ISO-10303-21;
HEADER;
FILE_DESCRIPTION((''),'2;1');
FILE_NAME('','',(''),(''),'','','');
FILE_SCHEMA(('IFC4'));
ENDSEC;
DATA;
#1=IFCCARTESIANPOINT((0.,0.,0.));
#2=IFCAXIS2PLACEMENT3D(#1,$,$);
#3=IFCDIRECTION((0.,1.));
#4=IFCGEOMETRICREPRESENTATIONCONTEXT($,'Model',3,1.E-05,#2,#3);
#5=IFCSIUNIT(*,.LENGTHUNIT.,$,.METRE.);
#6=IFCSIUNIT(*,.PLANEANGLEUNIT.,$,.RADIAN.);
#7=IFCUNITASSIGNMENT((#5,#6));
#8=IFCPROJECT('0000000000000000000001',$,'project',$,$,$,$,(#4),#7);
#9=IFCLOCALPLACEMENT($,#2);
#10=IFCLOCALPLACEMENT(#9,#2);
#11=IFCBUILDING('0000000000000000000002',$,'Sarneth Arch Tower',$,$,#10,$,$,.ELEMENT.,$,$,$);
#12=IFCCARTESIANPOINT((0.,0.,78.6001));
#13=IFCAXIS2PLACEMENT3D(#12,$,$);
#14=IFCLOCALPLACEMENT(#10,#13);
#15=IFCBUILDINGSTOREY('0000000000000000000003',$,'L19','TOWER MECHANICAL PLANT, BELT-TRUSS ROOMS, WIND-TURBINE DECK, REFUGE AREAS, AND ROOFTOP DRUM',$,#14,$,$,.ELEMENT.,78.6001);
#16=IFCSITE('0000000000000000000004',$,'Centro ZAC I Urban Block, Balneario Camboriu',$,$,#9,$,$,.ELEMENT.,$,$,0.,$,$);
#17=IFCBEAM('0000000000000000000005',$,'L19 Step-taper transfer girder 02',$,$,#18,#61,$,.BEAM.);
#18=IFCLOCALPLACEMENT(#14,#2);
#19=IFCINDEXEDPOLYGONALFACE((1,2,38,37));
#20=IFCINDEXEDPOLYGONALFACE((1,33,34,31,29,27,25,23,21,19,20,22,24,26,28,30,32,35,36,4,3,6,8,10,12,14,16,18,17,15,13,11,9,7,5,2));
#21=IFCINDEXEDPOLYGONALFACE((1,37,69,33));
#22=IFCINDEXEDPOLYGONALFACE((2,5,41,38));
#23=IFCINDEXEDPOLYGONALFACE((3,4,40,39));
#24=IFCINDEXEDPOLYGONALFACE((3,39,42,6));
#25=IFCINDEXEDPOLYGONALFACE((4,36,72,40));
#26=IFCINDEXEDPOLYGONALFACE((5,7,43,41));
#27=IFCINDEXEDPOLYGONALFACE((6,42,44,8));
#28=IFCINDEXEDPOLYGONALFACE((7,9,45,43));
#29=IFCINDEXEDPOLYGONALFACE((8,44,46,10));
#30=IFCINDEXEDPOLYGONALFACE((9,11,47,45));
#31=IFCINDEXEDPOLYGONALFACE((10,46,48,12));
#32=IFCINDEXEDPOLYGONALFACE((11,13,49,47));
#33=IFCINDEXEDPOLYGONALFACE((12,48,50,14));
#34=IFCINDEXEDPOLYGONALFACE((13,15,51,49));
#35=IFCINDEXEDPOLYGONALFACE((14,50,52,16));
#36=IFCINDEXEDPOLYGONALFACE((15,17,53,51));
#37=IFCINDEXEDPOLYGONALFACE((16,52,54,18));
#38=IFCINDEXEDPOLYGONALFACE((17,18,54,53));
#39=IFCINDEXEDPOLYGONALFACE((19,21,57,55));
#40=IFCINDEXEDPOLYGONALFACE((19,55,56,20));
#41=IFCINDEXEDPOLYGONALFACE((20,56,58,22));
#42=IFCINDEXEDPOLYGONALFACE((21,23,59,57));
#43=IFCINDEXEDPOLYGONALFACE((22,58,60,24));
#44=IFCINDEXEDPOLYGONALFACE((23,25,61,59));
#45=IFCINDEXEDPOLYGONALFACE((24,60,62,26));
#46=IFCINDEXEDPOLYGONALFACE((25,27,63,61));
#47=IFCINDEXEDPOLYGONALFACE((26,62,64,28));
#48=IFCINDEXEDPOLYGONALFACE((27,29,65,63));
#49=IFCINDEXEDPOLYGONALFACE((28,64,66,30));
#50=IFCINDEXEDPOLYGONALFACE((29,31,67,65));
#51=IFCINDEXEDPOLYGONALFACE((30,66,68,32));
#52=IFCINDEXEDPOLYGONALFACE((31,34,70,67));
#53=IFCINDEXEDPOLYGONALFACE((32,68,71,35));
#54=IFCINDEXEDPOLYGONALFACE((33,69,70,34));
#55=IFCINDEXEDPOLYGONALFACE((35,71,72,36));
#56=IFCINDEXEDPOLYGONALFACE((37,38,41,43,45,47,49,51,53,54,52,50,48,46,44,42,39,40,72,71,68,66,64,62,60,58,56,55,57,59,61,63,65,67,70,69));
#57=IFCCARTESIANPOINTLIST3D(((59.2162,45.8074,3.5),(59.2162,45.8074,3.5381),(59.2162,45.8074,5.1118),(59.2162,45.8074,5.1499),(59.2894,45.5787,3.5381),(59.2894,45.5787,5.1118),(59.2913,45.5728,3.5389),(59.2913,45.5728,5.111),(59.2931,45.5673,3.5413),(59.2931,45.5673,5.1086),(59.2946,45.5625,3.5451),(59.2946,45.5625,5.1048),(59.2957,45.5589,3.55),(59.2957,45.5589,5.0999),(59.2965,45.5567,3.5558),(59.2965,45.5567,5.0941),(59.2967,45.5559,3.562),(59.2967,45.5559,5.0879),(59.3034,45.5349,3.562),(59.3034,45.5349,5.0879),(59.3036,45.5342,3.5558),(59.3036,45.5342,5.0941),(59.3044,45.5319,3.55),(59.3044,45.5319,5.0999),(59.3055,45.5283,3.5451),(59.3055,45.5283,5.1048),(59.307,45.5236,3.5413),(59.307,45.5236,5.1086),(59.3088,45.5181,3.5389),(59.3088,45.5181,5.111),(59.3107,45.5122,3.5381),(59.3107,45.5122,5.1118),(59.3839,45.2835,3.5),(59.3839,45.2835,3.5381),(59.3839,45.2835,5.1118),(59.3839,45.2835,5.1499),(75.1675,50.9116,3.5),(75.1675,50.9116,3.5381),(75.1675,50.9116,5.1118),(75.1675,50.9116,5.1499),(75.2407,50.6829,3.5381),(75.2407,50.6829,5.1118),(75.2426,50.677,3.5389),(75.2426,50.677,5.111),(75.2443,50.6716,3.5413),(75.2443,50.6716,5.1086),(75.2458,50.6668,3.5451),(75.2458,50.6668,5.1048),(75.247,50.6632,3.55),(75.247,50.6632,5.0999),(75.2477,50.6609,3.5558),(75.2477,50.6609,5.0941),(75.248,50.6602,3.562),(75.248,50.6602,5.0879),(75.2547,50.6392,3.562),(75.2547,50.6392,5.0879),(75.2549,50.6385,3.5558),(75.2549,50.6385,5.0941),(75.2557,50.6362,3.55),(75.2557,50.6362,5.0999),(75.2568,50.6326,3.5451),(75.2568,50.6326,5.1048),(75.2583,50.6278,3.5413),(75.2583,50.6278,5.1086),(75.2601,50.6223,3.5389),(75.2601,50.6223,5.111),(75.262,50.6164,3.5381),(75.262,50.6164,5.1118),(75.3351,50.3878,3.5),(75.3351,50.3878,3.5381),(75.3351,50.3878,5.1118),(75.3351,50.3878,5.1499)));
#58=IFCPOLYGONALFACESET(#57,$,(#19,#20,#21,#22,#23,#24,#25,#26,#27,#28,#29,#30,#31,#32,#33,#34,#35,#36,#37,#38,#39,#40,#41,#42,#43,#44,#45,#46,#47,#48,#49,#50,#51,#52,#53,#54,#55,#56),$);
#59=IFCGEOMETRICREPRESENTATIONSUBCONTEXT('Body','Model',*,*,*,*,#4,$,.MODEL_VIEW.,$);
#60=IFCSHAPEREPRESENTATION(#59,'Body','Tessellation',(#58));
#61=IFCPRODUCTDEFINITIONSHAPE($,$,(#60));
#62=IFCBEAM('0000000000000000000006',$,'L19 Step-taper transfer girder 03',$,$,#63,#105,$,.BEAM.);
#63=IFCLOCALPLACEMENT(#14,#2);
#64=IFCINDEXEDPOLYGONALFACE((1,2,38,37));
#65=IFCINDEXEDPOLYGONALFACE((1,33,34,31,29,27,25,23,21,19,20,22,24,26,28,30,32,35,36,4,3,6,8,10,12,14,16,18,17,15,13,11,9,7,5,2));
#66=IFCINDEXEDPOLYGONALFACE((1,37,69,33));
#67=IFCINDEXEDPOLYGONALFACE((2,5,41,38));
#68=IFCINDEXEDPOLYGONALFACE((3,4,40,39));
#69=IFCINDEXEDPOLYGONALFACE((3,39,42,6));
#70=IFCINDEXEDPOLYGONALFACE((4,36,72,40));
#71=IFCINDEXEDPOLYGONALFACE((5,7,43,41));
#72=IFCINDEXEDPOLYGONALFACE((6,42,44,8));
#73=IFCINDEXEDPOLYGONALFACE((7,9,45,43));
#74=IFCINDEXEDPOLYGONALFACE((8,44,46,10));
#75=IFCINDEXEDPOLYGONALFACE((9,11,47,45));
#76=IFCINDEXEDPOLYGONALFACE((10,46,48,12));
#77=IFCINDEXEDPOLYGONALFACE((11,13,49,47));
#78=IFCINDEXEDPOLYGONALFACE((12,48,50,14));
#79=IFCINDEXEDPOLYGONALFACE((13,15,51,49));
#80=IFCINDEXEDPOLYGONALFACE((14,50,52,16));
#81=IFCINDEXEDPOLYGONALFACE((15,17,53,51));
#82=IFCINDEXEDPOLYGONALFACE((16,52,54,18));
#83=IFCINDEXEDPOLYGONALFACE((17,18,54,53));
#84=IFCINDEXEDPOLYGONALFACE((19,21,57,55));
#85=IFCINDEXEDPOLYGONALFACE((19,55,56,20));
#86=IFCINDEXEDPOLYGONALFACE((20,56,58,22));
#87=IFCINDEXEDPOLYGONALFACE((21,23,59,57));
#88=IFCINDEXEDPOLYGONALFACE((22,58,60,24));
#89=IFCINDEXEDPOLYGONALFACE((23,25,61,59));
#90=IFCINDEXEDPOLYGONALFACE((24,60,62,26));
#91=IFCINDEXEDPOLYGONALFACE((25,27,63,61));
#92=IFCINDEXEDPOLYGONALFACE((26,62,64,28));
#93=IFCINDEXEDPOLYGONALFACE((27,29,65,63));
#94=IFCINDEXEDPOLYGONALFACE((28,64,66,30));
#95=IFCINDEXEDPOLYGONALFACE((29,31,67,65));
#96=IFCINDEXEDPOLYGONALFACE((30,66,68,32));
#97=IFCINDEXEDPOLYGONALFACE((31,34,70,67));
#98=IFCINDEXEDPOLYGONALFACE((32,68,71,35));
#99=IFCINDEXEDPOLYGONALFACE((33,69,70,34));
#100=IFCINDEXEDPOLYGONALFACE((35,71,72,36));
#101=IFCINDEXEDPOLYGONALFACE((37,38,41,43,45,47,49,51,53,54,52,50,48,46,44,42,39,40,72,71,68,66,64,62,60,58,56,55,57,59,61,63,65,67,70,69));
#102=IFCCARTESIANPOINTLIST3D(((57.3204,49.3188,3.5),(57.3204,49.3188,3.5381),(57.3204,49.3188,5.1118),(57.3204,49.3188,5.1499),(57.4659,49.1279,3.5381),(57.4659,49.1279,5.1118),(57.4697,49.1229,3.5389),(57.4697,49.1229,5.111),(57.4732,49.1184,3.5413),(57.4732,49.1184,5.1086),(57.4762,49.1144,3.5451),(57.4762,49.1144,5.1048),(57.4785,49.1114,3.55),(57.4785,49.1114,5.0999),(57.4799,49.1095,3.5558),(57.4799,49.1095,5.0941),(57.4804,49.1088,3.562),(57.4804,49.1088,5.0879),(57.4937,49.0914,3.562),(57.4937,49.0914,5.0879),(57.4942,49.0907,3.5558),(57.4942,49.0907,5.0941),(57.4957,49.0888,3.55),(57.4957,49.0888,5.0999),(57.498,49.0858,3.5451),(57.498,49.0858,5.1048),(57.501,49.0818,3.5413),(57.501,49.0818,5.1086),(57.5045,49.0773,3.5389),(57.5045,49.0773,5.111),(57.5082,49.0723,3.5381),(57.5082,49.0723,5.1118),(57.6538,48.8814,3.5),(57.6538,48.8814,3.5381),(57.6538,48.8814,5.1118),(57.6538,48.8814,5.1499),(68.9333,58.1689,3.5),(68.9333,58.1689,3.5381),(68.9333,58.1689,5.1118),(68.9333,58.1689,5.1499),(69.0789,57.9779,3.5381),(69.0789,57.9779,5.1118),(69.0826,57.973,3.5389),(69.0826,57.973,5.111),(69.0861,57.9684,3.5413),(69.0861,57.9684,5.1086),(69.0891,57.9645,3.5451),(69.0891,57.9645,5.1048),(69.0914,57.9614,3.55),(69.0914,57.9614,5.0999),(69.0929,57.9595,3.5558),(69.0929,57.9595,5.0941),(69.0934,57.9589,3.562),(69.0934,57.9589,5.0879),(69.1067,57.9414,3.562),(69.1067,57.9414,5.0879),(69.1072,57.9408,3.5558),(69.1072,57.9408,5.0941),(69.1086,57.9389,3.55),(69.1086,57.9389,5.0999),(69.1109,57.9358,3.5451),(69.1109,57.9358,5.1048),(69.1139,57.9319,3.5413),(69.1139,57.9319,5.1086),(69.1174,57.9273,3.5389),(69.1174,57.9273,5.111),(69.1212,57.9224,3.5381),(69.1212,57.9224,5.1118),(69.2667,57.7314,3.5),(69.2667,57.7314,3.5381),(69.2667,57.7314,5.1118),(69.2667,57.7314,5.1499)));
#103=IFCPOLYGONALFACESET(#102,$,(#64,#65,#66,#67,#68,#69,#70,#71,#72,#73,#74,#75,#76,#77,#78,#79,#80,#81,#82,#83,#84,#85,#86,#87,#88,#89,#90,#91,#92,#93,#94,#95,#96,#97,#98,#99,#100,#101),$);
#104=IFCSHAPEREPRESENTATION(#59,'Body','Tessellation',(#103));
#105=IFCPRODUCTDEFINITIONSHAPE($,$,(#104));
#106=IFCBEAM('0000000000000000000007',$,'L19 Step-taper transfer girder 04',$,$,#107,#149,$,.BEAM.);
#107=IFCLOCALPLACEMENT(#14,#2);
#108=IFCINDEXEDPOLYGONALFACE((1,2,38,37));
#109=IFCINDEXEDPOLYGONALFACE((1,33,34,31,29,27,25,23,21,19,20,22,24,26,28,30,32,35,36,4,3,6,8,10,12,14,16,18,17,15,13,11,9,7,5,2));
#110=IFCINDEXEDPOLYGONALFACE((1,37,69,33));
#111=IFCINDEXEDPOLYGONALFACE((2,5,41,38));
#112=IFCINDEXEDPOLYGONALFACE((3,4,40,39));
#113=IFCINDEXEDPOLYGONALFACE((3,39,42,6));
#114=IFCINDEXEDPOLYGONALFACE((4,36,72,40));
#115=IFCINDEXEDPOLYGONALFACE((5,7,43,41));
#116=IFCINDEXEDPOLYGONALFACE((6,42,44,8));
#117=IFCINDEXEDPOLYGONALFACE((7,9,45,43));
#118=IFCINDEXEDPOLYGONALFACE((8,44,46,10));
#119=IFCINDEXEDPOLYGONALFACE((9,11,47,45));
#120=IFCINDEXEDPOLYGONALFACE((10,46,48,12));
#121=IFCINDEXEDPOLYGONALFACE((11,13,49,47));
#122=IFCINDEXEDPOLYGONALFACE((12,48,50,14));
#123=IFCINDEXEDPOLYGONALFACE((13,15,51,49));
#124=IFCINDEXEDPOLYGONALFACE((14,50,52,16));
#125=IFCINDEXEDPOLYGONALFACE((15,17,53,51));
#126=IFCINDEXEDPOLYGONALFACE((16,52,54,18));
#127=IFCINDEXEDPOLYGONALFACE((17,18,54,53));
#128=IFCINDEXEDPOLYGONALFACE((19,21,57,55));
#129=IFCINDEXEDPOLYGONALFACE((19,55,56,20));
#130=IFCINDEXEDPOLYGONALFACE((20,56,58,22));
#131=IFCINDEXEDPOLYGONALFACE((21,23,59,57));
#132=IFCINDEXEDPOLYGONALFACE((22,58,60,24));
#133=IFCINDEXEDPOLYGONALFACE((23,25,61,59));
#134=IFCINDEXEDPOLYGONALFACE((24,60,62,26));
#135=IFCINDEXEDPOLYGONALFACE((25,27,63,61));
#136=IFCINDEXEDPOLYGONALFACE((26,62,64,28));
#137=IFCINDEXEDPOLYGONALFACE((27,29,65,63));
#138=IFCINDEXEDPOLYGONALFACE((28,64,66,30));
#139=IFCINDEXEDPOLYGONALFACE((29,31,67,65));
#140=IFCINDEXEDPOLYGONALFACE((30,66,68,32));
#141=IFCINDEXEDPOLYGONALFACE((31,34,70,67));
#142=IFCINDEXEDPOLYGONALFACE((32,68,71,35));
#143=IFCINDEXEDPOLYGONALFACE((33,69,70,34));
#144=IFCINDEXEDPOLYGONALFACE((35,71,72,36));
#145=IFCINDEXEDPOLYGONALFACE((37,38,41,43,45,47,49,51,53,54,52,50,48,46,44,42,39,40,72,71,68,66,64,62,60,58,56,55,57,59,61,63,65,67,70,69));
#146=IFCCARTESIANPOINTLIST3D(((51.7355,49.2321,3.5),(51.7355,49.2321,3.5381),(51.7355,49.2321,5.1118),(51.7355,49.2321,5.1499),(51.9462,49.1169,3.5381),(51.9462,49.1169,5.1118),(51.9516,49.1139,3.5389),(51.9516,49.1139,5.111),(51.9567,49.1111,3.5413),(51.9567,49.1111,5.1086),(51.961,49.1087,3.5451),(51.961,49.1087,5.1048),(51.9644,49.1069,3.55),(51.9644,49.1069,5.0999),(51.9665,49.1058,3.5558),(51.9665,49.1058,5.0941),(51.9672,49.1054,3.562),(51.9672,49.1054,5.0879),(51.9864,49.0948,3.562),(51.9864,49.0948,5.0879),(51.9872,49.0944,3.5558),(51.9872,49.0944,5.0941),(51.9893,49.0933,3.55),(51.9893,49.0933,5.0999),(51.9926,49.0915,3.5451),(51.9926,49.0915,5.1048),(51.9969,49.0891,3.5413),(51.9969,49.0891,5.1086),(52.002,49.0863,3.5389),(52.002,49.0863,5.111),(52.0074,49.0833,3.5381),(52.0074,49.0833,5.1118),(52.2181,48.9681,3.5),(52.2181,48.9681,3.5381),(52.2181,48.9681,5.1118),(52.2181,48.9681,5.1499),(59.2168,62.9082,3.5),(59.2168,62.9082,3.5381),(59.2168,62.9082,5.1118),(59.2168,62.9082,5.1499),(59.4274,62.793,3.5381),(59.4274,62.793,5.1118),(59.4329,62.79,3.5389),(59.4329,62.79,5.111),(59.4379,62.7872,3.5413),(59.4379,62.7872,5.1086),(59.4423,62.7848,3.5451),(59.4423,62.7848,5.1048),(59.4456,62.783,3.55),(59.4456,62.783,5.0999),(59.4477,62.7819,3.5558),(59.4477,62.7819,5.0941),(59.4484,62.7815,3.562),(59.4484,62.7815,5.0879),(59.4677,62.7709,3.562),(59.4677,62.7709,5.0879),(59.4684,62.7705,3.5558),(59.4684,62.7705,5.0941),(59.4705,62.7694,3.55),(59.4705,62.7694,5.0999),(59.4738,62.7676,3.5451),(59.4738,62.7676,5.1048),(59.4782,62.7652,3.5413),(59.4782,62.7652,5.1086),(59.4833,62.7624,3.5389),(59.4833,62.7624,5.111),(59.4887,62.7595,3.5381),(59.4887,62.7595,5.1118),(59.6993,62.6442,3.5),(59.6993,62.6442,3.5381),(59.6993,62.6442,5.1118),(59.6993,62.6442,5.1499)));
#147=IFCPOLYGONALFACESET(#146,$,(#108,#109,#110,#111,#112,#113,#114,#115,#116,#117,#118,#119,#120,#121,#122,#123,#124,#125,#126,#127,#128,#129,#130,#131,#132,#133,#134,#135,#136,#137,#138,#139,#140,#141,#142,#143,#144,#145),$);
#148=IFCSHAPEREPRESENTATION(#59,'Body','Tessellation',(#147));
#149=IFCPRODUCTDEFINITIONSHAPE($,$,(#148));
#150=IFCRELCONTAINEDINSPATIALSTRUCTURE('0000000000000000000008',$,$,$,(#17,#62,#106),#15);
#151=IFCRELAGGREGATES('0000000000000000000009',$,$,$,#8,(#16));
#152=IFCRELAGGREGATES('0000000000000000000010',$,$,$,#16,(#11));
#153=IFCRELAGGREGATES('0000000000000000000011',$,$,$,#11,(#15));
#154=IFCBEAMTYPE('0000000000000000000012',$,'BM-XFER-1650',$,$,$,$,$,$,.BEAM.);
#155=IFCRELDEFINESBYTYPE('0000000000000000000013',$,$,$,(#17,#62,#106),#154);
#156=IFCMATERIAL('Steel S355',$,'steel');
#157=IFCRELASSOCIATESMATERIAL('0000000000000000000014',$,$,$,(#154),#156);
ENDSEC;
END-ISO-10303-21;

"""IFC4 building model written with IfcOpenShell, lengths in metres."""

from ifc_helpers import new_model, si_unit, direction, frame, origin, origin_2d, place, context, subcontext, project, spatial, i_section, extrude, material, material_profile, profile_set, type_object, element, save


model = new_model("IFC4")

# Units and contexts
model_context = context("Model", 3, precision=1e-05, world=origin(), true_north=direction((0.0, 1.0)))
body_context = subcontext(model_context, "Body", "Model", "MODEL_VIEW")
ifc_project = project(units=[si_unit("LENGTHUNIT", "METRE"), si_unit("PLANEANGLEUNIT", "RADIAN")], contexts=[model_context])

# Site, building, storey
site_placement = place(None, origin())
site = spatial("IfcSite", under=ifc_project, at=site_placement, Name="Centro ZAC I Urban Block, Balneario Camboriu", CompositionType="ELEMENT", RefElevation=0.0)
building_placement = place(site_placement, origin())
building = spatial("IfcBuilding", under=site, at=building_placement, Name="Sarneth Arch Tower", CompositionType="ELEMENT")
storey_placement = place(building_placement, frame((0.0, 0.0, 78.6001)))
storey = spatial("IfcBuildingStorey", under=building, at=storey_placement, Name="L19", Description="TOWER MECHANICAL PLANT, BELT-TRUSS ROOMS, WIND-TURBINE DECK, REFUGE AREAS, AND ROOFTOP DRUM", CompositionType="ELEMENT", Elevation=78.6001)

# Beams
ifc_material_1 = material(Name="Steel S355", Category="steel")
ifc_material_profile_1 = material_profile(ifc_material_1, i_section(OverallWidth=0.55, OverallDepth=1.6499, WebThickness=0.022, FlangeThickness=0.0381, FilletRadius=0.0239, at=origin_2d()), Name="CVS1650x680")
ifc_profile_set_1 = profile_set([ifc_material_profile_1], Name="Steel S355")
beam_type_1 = type_object("IfcBeamType", Name="BM-XFER-1650", PredefinedType="BEAM", material=ifc_profile_set_1)
beam_1_placement = place(storey_placement, frame((59.3, 45.5454, 4.325), z_axis=(0.952426, 0.304769, 0.0), x_axis=(-0.304769, 0.952426, 0.0)))
element("IfcBeam", 1, at=beam_1_placement, inside=storey, type_object=beam_type_1, Name="L19 Step-taper transfer girder 02", PredefinedType="BEAM", context=body_context, shape_type="SweptSolid", body=[
    extrude(i_section(OverallWidth=0.55, OverallDepth=1.6499, WebThickness=0.022, FlangeThickness=0.0381, FilletRadius=0.0239, at=origin_2d()), origin(), (0.0, 0.0, 1.0), 16.748),
])
beam_2_placement = place(storey_placement, frame((57.4871, 49.1001, 4.325), z_axis=(0.795363, 0.606133, 0.0), x_axis=(-0.606133, 0.795363, 0.0)))
element("IfcBeam", 2, at=beam_2_placement, inside=storey, type_object=beam_type_1, Name="L19 Step-taper transfer girder 03", PredefinedType="BEAM", context=body_context, shape_type="SweptSolid", body=[
    extrude(i_section(OverallWidth=0.55, OverallDepth=1.6499, WebThickness=0.022, FlangeThickness=0.0381, FilletRadius=0.0239, at=origin_2d()), origin(), (0.0, 0.0, 1.0), 14.6008),
])
beam_3_placement = place(storey_placement, frame((51.9768, 49.1001, 4.325), z_axis=(0.479917, 0.877314, 0.0), x_axis=(-0.877314, 0.479917, 0.0)))
element("IfcBeam", 3, at=beam_3_placement, inside=storey, type_object=beam_type_1, Name="L19 Step-taper transfer girder 04", PredefinedType="BEAM", context=body_context, shape_type="SweptSolid", body=[
    extrude(i_section(OverallWidth=0.55, OverallDepth=1.6499, WebThickness=0.022, FlangeThickness=0.0381, FilletRadius=0.0239, at=origin_2d()), origin(), (0.0, 0.0, 1.0), 15.5886),
])

save(model, "model.ifc")
